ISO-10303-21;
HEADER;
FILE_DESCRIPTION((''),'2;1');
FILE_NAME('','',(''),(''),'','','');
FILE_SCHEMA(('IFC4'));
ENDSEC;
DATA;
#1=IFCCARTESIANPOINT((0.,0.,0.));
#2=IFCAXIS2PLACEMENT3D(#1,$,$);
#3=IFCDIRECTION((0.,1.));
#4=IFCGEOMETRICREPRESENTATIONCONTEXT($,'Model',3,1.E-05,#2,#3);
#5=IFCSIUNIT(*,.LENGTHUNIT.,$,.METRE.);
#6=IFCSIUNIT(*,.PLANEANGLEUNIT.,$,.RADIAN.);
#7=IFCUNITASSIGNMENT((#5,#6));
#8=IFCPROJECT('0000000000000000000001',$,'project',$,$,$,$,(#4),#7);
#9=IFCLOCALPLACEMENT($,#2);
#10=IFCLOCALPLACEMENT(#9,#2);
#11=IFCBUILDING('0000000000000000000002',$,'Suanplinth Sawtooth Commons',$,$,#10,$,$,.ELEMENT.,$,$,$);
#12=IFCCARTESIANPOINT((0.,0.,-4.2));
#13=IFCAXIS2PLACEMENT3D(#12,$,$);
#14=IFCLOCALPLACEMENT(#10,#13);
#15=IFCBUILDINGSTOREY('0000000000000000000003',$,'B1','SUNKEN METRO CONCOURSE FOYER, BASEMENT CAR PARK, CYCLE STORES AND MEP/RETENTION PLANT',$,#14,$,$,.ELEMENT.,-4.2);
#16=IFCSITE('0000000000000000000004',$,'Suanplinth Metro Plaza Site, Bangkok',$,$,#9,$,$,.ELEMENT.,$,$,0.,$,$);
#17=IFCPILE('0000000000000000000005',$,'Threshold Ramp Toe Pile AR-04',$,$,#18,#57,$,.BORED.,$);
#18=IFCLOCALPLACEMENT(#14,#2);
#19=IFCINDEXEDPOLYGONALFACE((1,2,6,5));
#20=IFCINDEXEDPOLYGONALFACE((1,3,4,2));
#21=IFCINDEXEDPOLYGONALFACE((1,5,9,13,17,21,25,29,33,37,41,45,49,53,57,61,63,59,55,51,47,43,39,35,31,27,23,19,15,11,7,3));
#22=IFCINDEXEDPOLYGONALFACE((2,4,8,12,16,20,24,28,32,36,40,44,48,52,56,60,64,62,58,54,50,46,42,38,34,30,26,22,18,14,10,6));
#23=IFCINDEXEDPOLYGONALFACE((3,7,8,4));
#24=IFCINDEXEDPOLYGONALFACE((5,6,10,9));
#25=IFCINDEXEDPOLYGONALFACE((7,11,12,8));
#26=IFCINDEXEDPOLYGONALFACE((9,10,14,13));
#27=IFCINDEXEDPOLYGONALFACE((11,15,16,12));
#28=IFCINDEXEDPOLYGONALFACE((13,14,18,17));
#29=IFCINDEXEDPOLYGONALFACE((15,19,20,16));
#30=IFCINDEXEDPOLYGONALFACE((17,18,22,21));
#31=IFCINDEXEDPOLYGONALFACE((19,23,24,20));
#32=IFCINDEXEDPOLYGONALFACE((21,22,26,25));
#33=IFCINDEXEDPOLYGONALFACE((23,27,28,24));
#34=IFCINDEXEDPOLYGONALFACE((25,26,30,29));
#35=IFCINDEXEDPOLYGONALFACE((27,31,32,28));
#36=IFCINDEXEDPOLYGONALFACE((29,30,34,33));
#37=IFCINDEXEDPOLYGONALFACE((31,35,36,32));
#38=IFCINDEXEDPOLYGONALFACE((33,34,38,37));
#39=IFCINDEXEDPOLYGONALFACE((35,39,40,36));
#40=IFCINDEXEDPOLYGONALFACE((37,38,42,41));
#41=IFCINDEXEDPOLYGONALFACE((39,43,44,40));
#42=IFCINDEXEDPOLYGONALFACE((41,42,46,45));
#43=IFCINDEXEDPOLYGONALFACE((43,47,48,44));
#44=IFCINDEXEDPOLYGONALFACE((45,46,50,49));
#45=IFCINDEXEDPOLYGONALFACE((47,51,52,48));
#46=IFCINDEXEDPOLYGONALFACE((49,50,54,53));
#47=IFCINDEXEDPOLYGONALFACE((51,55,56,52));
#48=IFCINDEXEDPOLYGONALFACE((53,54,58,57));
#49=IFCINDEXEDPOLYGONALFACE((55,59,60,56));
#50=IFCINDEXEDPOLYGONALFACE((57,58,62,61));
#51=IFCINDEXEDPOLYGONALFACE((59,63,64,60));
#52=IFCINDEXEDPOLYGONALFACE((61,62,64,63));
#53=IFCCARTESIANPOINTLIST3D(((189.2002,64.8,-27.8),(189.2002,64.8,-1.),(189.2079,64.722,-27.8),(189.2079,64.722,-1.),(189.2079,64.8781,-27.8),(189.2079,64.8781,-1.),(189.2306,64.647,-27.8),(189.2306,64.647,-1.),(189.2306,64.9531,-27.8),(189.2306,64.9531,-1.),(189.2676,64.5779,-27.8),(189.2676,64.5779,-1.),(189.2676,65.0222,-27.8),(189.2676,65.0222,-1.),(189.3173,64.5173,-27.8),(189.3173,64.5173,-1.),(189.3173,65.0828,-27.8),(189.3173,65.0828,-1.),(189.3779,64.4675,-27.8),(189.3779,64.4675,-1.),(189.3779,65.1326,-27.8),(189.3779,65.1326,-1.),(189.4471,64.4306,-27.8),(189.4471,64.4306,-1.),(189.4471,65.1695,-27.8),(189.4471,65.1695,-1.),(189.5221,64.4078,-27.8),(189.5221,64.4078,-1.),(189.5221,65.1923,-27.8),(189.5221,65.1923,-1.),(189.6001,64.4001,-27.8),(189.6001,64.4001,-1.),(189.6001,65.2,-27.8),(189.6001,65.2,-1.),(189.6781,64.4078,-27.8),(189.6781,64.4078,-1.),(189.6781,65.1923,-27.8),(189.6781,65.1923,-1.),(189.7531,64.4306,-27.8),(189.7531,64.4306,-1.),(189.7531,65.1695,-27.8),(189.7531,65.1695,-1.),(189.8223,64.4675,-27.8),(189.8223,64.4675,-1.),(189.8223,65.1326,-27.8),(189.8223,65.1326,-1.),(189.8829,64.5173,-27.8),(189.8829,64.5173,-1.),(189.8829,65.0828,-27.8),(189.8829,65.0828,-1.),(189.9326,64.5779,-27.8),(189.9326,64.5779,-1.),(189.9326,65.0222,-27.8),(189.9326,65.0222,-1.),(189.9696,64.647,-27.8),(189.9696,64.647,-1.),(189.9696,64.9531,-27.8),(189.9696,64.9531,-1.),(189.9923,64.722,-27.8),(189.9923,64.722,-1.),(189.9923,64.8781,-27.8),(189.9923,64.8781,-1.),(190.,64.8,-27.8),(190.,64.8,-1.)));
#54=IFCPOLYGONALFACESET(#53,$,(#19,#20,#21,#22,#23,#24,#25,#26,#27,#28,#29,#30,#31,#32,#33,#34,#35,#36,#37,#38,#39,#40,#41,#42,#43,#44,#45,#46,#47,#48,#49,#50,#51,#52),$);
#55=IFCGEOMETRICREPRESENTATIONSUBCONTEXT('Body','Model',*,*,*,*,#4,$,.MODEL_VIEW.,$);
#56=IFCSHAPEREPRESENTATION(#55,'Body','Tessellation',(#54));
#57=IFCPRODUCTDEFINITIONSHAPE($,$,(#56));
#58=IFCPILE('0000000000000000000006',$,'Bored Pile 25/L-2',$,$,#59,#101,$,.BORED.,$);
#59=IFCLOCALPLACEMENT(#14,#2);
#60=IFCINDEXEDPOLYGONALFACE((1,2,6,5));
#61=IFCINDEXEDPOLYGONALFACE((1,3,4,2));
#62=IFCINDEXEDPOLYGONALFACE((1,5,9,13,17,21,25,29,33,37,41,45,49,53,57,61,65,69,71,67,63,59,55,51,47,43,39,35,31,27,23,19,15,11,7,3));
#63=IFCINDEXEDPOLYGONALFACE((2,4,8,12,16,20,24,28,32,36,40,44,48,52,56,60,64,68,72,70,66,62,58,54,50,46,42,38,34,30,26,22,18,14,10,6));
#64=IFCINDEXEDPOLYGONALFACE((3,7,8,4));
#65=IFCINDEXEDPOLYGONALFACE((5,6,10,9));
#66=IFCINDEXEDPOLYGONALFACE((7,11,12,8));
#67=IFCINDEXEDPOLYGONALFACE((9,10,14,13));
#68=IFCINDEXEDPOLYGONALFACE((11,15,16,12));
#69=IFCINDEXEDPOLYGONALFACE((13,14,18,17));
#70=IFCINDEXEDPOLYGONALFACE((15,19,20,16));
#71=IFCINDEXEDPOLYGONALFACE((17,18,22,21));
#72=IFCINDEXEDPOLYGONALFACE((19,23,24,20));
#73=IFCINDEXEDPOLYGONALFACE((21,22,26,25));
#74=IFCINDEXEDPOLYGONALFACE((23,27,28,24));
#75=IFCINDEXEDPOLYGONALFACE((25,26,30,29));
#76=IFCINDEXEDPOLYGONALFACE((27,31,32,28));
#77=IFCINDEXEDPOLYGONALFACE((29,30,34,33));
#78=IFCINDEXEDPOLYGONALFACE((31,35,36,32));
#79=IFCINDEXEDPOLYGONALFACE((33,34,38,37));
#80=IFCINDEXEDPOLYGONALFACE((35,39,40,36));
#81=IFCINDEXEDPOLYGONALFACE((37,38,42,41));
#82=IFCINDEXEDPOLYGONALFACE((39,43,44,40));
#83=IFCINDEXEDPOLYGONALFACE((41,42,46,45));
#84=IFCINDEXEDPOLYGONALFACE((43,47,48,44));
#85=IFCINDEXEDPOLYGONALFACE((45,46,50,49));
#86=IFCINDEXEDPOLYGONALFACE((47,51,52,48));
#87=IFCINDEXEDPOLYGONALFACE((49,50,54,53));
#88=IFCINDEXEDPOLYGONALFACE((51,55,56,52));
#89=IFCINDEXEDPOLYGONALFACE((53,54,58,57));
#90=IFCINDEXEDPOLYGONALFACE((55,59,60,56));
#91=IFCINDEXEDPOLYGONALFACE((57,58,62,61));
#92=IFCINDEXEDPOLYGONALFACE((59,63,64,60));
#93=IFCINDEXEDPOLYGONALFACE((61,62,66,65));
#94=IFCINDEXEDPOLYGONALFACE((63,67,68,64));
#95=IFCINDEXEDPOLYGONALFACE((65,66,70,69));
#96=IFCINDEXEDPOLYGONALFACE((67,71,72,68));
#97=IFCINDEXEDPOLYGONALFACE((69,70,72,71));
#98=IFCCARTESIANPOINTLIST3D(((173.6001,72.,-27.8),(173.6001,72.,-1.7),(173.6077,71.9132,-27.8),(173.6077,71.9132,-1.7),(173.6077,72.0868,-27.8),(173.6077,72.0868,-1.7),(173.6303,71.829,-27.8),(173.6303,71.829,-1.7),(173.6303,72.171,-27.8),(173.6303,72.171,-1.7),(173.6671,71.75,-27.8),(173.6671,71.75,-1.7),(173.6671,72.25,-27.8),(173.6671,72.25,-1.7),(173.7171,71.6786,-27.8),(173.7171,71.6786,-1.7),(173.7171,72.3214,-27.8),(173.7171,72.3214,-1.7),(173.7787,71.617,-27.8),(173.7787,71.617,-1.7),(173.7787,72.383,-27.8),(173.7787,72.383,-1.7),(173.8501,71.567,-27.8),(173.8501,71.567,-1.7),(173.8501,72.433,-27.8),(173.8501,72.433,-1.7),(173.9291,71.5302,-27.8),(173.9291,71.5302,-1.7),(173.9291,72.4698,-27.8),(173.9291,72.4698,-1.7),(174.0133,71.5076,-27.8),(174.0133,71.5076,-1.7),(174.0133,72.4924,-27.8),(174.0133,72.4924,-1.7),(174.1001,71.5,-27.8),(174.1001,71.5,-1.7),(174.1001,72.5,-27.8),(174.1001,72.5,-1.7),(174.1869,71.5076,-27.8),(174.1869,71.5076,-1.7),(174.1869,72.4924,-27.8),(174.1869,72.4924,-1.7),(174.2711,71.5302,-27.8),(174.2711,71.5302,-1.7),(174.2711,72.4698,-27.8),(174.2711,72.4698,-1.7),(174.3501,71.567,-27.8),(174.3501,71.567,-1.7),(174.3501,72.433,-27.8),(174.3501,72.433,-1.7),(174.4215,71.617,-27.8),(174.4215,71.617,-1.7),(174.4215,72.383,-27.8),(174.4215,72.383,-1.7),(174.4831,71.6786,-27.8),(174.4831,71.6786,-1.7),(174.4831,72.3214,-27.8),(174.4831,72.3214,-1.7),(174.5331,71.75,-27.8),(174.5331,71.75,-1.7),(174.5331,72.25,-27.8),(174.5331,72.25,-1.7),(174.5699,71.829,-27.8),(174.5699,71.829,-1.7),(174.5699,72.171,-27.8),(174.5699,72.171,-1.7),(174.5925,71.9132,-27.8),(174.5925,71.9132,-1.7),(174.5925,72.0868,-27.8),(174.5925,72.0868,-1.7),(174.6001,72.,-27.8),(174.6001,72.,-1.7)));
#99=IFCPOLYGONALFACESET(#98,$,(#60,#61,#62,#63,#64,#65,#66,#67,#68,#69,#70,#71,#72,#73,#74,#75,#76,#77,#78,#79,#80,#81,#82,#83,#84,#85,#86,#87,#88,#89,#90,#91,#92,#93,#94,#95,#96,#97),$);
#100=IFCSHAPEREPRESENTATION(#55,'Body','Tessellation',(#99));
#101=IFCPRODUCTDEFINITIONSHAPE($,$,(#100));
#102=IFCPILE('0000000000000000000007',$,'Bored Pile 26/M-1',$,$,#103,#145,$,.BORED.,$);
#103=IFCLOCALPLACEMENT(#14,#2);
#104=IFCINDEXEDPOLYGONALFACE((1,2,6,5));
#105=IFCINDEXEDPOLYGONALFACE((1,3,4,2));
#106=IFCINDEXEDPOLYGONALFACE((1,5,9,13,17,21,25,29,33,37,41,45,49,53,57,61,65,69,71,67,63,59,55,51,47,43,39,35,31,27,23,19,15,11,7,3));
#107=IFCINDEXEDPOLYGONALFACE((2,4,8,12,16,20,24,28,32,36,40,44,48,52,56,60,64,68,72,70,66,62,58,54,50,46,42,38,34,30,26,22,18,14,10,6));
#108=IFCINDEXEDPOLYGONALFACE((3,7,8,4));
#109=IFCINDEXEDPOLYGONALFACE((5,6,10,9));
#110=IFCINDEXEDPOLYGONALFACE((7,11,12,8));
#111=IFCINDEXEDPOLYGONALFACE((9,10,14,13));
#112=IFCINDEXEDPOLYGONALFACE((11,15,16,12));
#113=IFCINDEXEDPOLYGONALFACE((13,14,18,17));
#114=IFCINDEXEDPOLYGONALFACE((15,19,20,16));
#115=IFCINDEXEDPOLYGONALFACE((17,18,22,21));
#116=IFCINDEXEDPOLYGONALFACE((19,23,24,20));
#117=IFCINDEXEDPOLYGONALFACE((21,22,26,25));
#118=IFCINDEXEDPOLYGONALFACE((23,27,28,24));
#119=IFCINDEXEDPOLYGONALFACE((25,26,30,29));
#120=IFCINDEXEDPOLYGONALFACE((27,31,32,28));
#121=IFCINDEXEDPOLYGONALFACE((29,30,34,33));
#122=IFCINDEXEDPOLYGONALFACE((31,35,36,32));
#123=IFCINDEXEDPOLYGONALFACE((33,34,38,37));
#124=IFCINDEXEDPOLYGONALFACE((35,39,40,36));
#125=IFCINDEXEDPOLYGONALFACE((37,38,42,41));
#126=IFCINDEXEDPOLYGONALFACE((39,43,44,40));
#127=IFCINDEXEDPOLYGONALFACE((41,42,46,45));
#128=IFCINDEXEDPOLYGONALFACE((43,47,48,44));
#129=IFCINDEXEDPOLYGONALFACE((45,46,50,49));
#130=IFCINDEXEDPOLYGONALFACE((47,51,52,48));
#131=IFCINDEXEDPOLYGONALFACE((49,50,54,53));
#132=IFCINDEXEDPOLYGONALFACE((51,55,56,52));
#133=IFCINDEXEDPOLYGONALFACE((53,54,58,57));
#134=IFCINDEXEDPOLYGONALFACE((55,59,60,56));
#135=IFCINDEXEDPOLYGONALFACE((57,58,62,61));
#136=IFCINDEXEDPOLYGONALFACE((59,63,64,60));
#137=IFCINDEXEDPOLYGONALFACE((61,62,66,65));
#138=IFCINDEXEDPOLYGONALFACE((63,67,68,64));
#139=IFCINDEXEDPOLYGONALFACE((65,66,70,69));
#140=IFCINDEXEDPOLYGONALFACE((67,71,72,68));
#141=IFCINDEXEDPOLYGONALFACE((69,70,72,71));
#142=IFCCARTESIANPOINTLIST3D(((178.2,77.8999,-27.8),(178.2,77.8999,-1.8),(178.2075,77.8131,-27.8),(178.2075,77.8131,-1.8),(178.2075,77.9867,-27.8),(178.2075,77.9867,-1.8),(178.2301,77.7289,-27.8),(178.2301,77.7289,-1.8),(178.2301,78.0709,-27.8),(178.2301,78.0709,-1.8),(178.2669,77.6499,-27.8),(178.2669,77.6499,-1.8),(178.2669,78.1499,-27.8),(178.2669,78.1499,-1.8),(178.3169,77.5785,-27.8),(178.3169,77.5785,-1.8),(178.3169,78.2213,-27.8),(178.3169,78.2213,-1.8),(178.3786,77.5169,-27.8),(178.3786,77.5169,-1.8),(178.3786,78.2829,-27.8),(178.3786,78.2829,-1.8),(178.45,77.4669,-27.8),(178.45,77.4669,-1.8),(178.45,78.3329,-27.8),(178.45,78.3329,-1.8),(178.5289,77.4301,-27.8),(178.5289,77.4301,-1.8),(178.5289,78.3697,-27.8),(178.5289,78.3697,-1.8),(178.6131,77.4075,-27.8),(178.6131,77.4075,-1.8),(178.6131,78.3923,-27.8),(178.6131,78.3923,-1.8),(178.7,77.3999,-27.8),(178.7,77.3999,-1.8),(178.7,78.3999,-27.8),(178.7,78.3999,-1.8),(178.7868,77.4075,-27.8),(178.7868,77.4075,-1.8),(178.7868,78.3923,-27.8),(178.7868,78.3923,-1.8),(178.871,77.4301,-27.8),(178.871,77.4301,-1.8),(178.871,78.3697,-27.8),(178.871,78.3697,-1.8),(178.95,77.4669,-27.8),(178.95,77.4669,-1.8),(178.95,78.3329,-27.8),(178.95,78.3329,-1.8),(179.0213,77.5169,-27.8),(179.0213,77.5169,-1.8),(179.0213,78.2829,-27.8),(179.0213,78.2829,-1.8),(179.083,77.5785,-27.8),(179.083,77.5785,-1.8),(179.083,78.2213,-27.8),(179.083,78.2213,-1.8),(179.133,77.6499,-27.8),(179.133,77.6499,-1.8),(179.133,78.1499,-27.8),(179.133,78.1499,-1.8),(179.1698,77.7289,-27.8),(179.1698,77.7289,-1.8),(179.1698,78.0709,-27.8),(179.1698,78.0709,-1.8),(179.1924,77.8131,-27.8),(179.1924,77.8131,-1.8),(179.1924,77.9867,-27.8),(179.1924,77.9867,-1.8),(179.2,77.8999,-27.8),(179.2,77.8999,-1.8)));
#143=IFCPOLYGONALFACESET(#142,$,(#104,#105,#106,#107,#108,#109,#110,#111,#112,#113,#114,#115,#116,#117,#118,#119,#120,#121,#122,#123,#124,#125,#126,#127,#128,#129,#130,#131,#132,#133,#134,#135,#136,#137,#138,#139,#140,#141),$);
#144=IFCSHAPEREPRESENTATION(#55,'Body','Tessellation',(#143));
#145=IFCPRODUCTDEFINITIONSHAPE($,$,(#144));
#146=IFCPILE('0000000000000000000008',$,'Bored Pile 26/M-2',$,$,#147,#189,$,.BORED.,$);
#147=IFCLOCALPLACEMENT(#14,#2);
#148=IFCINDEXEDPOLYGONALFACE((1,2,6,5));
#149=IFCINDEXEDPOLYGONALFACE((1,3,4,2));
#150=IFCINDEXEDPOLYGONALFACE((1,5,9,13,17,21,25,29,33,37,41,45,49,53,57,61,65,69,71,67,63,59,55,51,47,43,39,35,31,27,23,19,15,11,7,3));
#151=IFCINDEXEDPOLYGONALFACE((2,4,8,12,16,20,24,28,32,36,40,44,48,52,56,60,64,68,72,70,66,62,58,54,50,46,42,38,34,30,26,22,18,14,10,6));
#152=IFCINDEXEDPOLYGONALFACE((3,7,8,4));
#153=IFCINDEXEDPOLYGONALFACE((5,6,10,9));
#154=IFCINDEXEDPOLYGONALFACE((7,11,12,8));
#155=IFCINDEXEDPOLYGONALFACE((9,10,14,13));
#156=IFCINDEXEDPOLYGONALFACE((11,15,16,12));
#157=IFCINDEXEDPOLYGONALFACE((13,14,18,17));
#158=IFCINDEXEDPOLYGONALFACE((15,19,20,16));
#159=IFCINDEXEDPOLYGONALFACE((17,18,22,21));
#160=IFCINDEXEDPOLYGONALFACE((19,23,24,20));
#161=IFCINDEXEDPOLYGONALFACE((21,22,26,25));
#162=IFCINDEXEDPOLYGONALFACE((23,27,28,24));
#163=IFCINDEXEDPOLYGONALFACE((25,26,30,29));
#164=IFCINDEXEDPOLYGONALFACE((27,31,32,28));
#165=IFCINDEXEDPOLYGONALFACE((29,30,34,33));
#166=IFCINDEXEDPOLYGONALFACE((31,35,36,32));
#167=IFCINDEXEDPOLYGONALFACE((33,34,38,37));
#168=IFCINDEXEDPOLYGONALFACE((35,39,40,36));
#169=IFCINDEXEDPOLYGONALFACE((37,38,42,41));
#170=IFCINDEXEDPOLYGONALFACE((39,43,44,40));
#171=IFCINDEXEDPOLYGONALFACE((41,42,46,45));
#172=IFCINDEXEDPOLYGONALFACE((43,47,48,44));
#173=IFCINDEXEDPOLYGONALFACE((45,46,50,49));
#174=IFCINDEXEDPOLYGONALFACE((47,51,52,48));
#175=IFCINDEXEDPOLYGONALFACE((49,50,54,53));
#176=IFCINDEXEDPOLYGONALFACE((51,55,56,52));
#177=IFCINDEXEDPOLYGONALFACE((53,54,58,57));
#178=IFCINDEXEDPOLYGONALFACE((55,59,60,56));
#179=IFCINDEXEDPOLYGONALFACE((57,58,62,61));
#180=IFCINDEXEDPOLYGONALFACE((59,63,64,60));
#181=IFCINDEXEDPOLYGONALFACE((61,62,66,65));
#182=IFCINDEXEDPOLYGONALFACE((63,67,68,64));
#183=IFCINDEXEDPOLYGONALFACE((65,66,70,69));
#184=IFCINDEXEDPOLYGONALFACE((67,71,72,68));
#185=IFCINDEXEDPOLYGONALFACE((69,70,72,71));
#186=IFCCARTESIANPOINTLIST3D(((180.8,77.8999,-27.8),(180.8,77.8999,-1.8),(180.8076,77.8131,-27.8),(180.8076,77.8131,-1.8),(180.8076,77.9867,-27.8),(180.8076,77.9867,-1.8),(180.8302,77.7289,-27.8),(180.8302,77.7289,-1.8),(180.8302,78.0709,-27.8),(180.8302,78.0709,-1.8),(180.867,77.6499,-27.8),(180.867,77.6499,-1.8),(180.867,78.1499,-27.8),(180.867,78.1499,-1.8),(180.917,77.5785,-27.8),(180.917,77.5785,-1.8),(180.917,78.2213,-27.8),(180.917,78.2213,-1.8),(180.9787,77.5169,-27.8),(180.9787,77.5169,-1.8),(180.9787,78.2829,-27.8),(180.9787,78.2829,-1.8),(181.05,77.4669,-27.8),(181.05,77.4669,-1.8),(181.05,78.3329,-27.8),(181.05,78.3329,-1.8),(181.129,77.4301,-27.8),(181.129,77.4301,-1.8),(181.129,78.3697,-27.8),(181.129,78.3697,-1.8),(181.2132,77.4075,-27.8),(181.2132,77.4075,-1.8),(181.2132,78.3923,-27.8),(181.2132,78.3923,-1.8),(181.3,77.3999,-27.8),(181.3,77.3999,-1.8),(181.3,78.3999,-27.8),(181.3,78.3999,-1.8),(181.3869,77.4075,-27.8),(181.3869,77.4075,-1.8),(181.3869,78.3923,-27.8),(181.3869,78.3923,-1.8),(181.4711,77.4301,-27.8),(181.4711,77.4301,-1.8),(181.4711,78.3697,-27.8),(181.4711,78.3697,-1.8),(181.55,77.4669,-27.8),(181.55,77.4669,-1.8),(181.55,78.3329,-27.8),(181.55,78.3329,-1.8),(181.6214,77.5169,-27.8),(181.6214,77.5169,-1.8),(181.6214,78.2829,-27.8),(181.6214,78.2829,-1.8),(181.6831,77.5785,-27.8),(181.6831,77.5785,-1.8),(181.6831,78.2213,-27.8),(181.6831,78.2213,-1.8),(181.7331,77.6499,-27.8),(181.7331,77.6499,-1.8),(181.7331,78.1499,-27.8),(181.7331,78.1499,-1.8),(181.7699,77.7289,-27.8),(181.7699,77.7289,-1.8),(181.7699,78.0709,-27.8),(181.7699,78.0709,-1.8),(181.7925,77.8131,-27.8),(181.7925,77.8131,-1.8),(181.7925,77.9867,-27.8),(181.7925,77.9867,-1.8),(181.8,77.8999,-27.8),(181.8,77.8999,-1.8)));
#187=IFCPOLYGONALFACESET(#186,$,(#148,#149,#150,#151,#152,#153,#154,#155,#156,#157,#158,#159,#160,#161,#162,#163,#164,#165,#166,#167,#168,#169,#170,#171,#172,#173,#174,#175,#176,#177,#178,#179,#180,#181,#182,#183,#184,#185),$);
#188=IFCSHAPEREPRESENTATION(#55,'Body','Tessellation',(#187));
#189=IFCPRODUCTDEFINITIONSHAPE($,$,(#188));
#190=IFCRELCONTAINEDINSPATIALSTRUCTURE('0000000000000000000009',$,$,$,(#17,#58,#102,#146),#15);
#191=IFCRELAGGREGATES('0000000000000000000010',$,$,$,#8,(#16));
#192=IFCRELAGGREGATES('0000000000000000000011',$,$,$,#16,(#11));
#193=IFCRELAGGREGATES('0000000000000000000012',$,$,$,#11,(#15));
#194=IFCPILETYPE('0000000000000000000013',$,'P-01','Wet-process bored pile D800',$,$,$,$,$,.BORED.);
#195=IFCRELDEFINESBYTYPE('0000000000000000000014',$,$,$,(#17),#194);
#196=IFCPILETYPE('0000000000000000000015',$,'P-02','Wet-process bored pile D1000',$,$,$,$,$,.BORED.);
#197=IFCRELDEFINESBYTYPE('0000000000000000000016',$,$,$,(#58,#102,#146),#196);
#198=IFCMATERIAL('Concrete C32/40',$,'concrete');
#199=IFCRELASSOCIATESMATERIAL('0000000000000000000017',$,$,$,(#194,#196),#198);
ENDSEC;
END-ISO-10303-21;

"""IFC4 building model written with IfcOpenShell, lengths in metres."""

from ifc_helpers import new_model, si_unit, direction, frame, origin, origin_2d, place, context, subcontext, project, spatial, circle, extrude, material, material_profile, profile_set, type_object, element, save


model = new_model("IFC4")

# Units and contexts
model_context = context("Model", 3, precision=1e-05, world=origin(), true_north=direction((0.0, 1.0)))
body_context = subcontext(model_context, "Body", "Model", "MODEL_VIEW")
ifc_project = project(units=[si_unit("LENGTHUNIT", "METRE"), si_unit("PLANEANGLEUNIT", "RADIAN")], contexts=[model_context])

# Site, building, storey
site_placement = place(None, origin())
site = spatial("IfcSite", under=ifc_project, at=site_placement, Name="Suanplinth Metro Plaza Site, Bangkok", CompositionType="ELEMENT", RefElevation=0.0)
building_placement = place(site_placement, origin())
building = spatial("IfcBuilding", under=site, at=building_placement, Name="Suanplinth Sawtooth Commons", CompositionType="ELEMENT")
storey_placement = place(building_placement, frame((0.0, 0.0, -4.2)))
storey = spatial("IfcBuildingStorey", under=building, at=storey_placement, Name="B1", Description="SUNKEN METRO CONCOURSE FOYER, BASEMENT CAR PARK, CYCLE STORES AND MEP/RETENTION PLANT", CompositionType="ELEMENT", Elevation=-4.2)

# Piles
ifc_material_1 = material(Name="Concrete C32/40", Category="concrete")
ifc_material_profile_1 = material_profile(ifc_material_1, circle(Radius=0.3999, at=origin_2d()), Name="PILE D800")
ifc_profile_set_1 = profile_set([ifc_material_profile_1], Name="Concrete C32/40")
pile_type_1 = type_object("IfcPileType", Name="P-01", Description="Wet-process bored pile D800", PredefinedType="BORED", material=ifc_profile_set_1)
pile_1_placement = place(storey_placement, frame((189.6001, 64.8, -1.0), z_axis=(0.0, 0.0, -1.0), x_axis=(1.0, 0.0, 0.0)))
element("IfcPile", 1, at=pile_1_placement, inside=storey, type_object=pile_type_1, Name="Threshold Ramp Toe Pile AR-04", PredefinedType="BORED", context=body_context, shape_type="SweptSolid", body=[
    extrude(circle(Radius=0.3999, at=origin_2d()), origin(), (0.0, 0.0, 1.0), 26.8),
])
ifc_material_profile_2 = material_profile(ifc_material_1, circle(Radius=0.5, at=origin_2d()), Name="PILE D1000")
ifc_profile_set_2 = profile_set([ifc_material_profile_2], Name="Concrete C32/40")
pile_type_2 = type_object("IfcPileType", Name="P-02", Description="Wet-process bored pile D1000", PredefinedType="BORED", material=ifc_profile_set_2)
pile_2_placement = place(storey_placement, frame((174.1001, 72.0, -1.7), z_axis=(0.0, 0.0, -1.0), x_axis=(1.0, 0.0, 0.0)))
element("IfcPile", 2, at=pile_2_placement, inside=storey, type_object=pile_type_2, Name="Bored Pile 25/L-2", PredefinedType="BORED", context=body_context, shape_type="SweptSolid", body=[
    extrude(circle(Radius=0.5, at=origin_2d()), origin(), (0.0, 0.0, 1.0), 26.1001),
])
for number, where, z_axis, x_axis, name in (
    (3, (178.7, 77.8999, -1.8), (0.0, 0.0, -1.0), (1.0, 0.0, 0.0), "Bored Pile 26/M-1"),
    (4, (181.3, 77.8999, -1.8), (0.0, 0.0, -1.0), (1.0, 0.0, 0.0), "Bored Pile 26/M-2"),
):
    element("IfcPile", number, at=place(storey_placement, frame(where, z_axis=z_axis, x_axis=x_axis)), inside=storey, type_object=pile_type_2, Name=name, PredefinedType="BORED", context=body_context, shape_type="SweptSolid", body=[
        extrude(circle(Radius=0.5, at=origin_2d()), origin(), (0.0, 0.0, 1.0), 26.0),
    ])

save(model, "model.ifc")
